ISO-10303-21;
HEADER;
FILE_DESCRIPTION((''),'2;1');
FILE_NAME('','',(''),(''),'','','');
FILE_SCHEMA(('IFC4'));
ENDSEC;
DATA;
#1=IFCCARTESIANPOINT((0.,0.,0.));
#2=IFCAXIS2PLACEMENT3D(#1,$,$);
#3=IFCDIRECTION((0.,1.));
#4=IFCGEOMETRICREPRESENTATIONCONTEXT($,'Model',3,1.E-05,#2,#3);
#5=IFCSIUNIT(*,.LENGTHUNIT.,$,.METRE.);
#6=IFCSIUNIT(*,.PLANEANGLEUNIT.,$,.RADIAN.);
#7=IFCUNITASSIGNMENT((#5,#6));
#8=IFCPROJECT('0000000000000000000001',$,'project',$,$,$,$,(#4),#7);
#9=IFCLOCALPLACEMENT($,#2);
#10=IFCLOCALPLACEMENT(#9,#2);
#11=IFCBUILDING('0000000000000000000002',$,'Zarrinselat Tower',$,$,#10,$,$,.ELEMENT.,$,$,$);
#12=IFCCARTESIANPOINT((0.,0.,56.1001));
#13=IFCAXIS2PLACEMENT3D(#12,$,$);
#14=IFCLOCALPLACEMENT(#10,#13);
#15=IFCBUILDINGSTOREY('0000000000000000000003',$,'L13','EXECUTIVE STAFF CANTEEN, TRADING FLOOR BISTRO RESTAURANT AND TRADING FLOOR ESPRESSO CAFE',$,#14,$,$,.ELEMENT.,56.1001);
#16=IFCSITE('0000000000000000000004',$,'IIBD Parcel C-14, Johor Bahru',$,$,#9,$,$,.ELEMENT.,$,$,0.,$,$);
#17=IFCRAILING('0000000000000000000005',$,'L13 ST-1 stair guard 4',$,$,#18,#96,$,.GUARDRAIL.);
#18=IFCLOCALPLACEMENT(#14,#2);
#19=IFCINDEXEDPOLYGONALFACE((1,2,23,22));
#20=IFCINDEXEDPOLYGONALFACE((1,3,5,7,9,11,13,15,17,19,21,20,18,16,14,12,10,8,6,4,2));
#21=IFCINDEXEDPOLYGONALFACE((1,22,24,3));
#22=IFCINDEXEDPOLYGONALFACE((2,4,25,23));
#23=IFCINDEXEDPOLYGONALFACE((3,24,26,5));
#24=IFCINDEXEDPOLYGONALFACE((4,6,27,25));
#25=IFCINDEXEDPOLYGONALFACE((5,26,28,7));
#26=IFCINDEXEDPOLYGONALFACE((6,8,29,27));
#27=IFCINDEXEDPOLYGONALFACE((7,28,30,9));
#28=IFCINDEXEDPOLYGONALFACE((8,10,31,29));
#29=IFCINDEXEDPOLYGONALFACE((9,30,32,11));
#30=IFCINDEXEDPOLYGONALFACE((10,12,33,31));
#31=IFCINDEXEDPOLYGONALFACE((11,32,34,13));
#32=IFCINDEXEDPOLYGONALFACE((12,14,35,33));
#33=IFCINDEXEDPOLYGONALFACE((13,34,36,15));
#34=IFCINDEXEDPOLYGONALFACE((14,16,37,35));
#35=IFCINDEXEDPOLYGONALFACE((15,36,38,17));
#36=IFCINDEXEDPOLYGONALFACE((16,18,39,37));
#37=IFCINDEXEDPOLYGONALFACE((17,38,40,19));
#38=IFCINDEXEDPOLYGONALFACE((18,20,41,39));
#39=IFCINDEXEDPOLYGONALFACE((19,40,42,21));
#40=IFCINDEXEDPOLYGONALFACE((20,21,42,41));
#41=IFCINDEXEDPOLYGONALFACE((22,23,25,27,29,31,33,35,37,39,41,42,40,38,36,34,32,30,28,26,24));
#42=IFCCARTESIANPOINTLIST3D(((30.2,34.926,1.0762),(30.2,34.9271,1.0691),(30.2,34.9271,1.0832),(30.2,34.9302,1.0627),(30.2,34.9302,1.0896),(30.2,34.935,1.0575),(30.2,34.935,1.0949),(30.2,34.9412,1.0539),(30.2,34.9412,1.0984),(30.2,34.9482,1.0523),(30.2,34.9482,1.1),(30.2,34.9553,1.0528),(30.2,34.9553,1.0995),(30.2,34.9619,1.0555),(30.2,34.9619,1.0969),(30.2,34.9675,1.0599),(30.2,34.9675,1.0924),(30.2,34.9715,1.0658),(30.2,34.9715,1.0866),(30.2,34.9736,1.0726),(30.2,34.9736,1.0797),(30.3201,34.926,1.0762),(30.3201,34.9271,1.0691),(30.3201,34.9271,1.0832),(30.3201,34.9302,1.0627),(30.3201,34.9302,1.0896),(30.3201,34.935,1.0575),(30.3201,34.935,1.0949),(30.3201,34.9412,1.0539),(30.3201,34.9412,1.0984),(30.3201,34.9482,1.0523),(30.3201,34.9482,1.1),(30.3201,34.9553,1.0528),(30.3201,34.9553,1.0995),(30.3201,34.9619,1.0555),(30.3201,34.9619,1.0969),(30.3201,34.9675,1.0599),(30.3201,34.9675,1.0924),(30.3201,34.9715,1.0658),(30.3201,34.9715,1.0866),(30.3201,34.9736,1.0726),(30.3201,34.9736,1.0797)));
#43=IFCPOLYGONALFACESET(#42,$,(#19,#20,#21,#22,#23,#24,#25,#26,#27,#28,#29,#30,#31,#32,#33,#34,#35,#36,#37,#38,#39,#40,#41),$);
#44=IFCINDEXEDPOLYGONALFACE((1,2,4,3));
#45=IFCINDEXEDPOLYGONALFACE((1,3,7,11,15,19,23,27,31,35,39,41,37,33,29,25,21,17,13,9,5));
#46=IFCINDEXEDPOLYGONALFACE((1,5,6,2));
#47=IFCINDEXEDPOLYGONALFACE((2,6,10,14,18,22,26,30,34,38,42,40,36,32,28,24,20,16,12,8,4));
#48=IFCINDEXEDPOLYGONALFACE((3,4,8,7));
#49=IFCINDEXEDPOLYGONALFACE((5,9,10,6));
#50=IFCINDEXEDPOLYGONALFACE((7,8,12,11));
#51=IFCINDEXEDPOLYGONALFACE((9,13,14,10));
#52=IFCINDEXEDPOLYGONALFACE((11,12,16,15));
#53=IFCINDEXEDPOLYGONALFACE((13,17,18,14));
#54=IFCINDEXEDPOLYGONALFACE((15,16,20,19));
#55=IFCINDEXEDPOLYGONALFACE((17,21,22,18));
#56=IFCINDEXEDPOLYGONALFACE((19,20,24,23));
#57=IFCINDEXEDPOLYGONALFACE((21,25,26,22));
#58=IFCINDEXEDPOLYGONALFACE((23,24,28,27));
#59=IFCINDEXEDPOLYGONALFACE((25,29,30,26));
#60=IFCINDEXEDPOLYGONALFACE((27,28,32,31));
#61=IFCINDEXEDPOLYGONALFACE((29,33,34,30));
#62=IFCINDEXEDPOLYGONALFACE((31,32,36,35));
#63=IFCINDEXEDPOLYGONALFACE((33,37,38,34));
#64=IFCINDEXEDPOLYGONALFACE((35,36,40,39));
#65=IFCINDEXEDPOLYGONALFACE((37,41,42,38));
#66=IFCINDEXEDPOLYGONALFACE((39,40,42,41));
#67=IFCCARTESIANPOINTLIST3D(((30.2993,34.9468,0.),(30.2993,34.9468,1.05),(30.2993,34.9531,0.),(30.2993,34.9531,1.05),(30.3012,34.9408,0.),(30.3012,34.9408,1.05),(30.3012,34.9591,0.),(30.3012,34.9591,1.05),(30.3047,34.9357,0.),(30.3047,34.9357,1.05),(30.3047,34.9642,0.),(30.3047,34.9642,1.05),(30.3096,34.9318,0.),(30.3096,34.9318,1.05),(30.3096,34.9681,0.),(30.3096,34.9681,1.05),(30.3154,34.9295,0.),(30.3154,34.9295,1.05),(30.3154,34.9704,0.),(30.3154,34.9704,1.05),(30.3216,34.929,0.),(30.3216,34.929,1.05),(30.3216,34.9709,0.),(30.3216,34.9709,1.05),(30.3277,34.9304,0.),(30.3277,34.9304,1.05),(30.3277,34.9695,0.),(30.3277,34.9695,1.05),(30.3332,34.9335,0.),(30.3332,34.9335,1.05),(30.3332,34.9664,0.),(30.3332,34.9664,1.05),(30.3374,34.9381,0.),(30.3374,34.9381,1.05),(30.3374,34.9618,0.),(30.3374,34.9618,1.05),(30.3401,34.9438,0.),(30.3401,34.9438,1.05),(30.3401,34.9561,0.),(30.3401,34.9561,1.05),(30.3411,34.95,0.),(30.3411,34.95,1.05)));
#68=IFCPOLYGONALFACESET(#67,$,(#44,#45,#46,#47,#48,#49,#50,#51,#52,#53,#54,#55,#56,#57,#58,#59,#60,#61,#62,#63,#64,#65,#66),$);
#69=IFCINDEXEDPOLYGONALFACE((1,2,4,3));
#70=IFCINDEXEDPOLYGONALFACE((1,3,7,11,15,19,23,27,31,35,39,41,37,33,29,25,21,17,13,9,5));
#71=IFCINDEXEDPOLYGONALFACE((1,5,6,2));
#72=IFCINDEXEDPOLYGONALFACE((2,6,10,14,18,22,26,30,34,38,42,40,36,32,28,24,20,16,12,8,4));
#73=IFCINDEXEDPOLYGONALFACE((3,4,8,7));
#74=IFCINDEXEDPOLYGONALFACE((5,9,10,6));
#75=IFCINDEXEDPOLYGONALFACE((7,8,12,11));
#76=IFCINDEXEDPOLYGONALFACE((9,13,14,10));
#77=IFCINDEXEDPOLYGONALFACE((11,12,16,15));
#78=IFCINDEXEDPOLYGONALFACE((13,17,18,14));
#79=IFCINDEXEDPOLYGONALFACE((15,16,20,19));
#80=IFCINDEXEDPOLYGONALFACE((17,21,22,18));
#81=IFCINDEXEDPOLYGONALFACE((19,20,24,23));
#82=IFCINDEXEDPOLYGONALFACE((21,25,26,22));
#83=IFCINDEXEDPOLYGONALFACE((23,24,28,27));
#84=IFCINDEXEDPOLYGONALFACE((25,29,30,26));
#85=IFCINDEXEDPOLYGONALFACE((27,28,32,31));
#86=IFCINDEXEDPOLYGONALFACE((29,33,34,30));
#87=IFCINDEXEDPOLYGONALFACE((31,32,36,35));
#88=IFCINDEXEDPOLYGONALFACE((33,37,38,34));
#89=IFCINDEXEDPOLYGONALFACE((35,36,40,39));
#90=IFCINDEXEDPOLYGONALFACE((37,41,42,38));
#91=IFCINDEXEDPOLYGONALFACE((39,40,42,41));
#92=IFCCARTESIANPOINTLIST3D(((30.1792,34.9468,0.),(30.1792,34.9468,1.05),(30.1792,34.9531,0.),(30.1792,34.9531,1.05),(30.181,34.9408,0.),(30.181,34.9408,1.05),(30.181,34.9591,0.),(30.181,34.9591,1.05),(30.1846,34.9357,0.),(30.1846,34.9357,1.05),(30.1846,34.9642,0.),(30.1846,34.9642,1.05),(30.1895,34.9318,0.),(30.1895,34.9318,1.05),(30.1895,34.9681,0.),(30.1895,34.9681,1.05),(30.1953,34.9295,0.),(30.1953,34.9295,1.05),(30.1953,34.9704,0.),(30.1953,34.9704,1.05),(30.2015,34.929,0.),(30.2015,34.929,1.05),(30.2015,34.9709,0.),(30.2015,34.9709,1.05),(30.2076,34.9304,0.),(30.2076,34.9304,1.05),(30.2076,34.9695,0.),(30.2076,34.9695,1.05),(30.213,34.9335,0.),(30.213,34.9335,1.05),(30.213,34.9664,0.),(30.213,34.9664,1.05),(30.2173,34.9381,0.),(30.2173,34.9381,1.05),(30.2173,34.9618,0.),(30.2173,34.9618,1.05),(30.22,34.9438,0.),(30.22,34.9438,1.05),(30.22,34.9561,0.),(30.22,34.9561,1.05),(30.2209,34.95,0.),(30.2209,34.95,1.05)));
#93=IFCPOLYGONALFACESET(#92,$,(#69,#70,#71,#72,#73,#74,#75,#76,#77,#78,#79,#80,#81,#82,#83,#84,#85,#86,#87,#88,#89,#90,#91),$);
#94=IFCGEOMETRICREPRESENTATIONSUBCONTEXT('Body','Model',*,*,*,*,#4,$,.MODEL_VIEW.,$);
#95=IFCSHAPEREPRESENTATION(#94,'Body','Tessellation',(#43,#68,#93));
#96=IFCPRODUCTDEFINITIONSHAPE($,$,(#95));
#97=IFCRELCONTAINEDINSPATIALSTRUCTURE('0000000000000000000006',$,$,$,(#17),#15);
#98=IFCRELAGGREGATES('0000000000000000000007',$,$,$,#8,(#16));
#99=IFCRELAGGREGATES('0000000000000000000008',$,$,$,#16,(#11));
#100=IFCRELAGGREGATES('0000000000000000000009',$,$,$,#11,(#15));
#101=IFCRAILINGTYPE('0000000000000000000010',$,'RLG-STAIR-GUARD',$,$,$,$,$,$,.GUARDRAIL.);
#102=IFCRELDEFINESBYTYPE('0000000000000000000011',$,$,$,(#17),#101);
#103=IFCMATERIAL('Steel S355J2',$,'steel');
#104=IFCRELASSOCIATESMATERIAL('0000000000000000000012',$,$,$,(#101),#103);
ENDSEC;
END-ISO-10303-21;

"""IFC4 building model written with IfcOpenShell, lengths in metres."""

from ifc_helpers import new_model, si_unit, direction, frame, origin, origin_2d, place, context, subcontext, project, spatial, circle, extrude, material, type_object, element, save


model = new_model("IFC4")

# Units and contexts
model_context = context("Model", 3, precision=1e-05, world=origin(), true_north=direction((0.0, 1.0)))
body_context = subcontext(model_context, "Body", "Model", "MODEL_VIEW")
ifc_project = project(units=[si_unit("LENGTHUNIT", "METRE"), si_unit("PLANEANGLEUNIT", "RADIAN")], contexts=[model_context])

# Site, building, storey
site_placement = place(None, origin())
site = spatial("IfcSite", under=ifc_project, at=site_placement, Name="IIBD Parcel C-14, Johor Bahru", CompositionType="ELEMENT", RefElevation=0.0)
building_placement = place(site_placement, origin())
building = spatial("IfcBuilding", under=site, at=building_placement, Name="Zarrinselat Tower", CompositionType="ELEMENT")
storey_placement = place(building_placement, frame((0.0, 0.0, 56.1001)))
storey = spatial("IfcBuildingStorey", under=building, at=storey_placement, Name="L13", Description="EXECUTIVE STAFF CANTEEN, TRADING FLOOR BISTRO RESTAURANT AND TRADING FLOOR ESPRESSO CAFE", CompositionType="ELEMENT", Elevation=56.1001)

# Railing
ifc_material_1 = material(Name="Steel S355J2", Category="steel")
railing_type_1 = type_object("IfcRailingType", Name="RLG-STAIR-GUARD", PredefinedType="GUARDRAIL", material=ifc_material_1)
railing_1_placement = place(storey_placement, frame((30.3201, 34.95, 0.0)))
element("IfcRailing", 1, at=railing_1_placement, inside=storey, type_object=railing_type_1, Name="L13 ST-1 stair guard 4", PredefinedType="GUARDRAIL", context=body_context, shape_type="SweptSolid", body=[
    extrude(circle(Radius=0.0239, at=origin_2d()), frame((0.0, 0.0, 1.0762), z_axis=(-1.0, 0.0, 0.0), x_axis=(0.0, -1.0, 0.0)), (0.0, 0.0, 1.0), 0.1201),
    extrude(circle(Radius=0.021, at=origin_2d()), origin(), (0.0, 0.0, 1.0), 1.05),
    extrude(circle(Radius=0.021, at=origin_2d()), frame((-0.1201, 0.0, 0.0)), (0.0, 0.0, 1.0), 1.05),
])

save(model, "model.ifc")
